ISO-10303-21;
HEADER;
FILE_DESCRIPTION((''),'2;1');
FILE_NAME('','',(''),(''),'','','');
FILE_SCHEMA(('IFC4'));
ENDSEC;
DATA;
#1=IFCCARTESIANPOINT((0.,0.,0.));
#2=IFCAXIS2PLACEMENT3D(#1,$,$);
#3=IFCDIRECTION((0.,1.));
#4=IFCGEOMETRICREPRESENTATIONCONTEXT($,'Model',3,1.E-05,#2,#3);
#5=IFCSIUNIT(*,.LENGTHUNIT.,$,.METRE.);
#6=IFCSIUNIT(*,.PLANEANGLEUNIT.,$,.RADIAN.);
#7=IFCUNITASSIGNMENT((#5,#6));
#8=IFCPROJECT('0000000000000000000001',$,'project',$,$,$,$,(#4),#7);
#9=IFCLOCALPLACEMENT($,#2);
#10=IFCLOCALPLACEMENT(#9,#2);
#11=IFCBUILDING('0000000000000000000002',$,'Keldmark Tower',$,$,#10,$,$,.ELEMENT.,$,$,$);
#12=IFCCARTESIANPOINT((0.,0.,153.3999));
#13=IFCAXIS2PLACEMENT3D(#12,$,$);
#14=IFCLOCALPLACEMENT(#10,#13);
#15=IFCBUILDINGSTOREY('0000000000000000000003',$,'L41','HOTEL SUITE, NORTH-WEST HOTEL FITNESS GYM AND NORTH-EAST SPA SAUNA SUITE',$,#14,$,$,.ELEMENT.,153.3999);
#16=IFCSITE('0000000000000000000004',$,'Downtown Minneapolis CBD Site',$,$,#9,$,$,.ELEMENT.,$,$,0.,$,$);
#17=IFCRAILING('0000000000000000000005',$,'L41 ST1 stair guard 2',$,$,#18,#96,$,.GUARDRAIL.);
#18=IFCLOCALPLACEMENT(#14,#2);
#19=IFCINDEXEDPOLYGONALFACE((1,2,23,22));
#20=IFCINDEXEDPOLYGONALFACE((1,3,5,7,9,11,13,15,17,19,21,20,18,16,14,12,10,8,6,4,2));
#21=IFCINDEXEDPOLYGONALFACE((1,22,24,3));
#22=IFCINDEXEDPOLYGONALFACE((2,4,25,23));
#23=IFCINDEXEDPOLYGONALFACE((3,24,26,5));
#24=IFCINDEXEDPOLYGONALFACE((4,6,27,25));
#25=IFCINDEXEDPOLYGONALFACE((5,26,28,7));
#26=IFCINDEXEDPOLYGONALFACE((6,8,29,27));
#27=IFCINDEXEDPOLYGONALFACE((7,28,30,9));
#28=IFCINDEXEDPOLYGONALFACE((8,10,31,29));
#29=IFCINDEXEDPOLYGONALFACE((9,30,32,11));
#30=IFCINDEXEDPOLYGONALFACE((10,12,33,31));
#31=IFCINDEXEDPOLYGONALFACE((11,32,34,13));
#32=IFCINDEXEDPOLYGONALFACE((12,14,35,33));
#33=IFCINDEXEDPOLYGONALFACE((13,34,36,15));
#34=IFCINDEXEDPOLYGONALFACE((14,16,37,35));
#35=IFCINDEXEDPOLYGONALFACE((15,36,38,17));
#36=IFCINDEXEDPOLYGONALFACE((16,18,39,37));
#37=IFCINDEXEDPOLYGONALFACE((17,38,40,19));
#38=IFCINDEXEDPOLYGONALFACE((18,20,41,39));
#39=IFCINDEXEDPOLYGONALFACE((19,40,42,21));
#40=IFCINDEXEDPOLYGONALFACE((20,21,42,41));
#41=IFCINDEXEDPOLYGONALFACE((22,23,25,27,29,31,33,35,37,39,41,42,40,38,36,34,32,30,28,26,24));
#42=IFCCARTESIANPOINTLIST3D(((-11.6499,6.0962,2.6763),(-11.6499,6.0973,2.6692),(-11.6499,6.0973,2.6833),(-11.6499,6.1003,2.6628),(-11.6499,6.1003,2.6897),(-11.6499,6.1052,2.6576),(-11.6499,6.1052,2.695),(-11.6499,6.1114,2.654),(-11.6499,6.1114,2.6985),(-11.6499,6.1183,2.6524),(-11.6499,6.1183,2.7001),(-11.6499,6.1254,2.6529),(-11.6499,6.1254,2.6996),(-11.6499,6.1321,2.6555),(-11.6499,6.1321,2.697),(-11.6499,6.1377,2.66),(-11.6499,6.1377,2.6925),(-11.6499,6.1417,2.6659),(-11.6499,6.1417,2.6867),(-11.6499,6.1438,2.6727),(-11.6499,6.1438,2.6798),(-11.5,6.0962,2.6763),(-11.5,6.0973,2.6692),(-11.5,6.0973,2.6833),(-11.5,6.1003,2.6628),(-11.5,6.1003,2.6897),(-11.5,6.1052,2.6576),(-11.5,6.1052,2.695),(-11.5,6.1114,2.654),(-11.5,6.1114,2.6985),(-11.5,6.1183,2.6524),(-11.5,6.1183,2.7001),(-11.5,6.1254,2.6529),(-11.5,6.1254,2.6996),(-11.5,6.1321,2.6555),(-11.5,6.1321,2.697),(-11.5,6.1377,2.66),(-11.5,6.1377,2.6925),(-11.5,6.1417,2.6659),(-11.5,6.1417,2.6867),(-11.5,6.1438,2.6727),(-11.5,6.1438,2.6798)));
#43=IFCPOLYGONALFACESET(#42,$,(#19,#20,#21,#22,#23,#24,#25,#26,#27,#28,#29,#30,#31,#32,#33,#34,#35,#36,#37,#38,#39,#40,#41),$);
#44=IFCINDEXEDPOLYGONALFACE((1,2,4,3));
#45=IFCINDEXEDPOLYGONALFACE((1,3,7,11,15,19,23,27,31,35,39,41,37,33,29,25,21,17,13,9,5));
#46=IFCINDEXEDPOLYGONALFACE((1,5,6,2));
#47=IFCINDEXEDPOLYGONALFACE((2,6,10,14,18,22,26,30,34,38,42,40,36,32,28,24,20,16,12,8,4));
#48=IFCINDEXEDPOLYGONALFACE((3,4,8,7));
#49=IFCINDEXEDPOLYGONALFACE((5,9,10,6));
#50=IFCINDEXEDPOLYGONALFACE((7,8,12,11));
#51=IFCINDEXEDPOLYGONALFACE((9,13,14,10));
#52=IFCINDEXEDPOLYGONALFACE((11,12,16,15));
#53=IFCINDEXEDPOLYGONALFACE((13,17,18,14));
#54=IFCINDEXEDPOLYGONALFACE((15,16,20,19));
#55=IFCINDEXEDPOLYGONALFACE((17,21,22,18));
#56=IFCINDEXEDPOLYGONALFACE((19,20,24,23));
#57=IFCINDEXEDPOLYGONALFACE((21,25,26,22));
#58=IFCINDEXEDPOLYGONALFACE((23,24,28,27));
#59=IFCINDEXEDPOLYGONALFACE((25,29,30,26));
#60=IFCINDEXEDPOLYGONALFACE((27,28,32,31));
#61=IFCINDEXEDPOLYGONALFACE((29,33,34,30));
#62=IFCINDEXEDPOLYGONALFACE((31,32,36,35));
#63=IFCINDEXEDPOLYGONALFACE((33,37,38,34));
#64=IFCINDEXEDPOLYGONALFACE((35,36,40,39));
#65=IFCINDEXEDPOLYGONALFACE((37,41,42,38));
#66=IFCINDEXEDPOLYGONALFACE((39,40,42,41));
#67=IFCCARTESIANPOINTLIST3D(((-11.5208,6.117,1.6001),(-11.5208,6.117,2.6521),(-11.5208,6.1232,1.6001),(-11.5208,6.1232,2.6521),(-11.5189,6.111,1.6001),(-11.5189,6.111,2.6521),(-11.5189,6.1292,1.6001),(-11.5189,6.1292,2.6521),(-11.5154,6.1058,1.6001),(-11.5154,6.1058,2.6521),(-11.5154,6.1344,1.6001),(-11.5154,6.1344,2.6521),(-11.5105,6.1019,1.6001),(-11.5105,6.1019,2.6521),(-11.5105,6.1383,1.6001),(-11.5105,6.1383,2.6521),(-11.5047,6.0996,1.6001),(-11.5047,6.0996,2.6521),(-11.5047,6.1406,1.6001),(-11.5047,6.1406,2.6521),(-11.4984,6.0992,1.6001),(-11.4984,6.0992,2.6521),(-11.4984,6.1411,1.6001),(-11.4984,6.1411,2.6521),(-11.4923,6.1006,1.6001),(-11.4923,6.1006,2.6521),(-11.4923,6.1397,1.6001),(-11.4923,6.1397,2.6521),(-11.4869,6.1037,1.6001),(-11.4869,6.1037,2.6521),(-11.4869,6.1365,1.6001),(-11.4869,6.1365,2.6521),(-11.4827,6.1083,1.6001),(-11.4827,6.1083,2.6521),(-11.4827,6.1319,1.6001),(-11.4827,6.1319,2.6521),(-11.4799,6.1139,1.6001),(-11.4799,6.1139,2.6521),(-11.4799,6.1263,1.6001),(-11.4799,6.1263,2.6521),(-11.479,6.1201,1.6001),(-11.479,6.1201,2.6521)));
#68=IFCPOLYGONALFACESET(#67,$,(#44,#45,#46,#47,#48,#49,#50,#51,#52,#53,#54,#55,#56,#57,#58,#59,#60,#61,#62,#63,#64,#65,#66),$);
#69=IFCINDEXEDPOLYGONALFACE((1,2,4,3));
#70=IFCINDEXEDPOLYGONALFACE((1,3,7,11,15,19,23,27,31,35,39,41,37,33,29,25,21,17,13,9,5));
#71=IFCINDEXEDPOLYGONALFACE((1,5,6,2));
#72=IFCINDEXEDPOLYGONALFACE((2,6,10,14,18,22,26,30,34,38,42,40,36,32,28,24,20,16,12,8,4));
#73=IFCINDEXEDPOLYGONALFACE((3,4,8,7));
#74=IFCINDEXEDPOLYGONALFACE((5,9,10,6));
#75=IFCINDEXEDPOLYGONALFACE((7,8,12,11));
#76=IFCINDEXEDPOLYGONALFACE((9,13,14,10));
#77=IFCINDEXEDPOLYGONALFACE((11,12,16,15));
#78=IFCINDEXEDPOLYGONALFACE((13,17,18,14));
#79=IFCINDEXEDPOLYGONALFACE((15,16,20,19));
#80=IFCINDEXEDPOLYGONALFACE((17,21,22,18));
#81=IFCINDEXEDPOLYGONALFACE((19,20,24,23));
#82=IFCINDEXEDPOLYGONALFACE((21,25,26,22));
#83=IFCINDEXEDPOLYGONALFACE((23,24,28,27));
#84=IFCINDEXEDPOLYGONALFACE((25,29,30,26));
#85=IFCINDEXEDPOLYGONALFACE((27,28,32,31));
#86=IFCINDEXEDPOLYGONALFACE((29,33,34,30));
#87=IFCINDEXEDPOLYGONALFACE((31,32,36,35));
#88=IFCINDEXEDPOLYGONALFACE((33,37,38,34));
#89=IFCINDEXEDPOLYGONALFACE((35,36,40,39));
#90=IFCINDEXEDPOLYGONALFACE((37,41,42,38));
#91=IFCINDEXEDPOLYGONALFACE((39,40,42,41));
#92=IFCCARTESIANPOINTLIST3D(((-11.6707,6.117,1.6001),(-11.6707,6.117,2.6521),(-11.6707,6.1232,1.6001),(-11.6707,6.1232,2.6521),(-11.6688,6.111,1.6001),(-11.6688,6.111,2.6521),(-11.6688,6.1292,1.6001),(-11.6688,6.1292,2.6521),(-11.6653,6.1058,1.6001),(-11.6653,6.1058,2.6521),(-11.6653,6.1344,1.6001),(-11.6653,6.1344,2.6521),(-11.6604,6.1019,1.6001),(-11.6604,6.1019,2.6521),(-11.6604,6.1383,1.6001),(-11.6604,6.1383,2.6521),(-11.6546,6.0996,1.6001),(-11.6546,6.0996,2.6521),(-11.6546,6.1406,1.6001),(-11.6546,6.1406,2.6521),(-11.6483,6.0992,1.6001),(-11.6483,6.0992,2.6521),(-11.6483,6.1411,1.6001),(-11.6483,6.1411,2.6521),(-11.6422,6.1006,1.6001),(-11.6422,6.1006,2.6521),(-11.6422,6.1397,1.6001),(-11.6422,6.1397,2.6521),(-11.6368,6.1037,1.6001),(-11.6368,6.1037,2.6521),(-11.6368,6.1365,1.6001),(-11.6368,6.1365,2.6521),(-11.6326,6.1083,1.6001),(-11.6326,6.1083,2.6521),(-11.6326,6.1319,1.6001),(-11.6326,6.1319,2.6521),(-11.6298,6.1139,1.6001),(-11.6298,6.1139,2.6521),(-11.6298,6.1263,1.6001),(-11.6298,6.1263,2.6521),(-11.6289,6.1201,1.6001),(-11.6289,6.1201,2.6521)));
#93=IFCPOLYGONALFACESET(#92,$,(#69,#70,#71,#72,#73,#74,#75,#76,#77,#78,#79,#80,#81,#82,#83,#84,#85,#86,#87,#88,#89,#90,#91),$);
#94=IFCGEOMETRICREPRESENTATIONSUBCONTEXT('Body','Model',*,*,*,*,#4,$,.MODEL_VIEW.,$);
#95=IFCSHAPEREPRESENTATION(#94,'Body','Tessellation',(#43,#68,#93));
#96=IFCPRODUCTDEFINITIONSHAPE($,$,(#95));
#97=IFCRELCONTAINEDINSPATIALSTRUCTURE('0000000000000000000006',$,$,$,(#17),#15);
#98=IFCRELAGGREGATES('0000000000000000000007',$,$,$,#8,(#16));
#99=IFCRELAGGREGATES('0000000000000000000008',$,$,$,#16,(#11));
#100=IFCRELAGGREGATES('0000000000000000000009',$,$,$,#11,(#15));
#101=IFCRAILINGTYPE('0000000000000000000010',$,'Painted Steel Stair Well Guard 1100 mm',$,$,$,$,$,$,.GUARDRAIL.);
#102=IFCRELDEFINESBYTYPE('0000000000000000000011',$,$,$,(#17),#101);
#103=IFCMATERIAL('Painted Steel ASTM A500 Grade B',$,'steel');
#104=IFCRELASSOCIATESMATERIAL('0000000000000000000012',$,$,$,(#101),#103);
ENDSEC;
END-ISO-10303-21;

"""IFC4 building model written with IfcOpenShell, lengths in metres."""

from ifc_helpers import new_model, si_unit, direction, frame, origin, origin_2d, place, context, subcontext, project, spatial, circle, extrude, material, type_object, element, save


model = new_model("IFC4")

# Units and contexts
model_context = context("Model", 3, precision=1e-05, world=origin(), true_north=direction((0.0, 1.0)))
body_context = subcontext(model_context, "Body", "Model", "MODEL_VIEW")
ifc_project = project(units=[si_unit("LENGTHUNIT", "METRE"), si_unit("PLANEANGLEUNIT", "RADIAN")], contexts=[model_context])

# Site, building, storey
site_placement = place(None, origin())
site = spatial("IfcSite", under=ifc_project, at=site_placement, Name="Downtown Minneapolis CBD Site", CompositionType="ELEMENT", RefElevation=0.0)
building_placement = place(site_placement, origin())
building = spatial("IfcBuilding", under=site, at=building_placement, Name="Keldmark Tower", CompositionType="ELEMENT")
storey_placement = place(building_placement, frame((0.0, 0.0, 153.3999)))
storey = spatial("IfcBuildingStorey", under=building, at=storey_placement, Name="L41", Description="HOTEL SUITE, NORTH-WEST HOTEL FITNESS GYM AND NORTH-EAST SPA SAUNA SUITE", CompositionType="ELEMENT", Elevation=153.3999)

# Railing
ifc_material_1 = material(Name="Painted Steel ASTM A500 Grade B", Category="steel")
railing_type_1 = type_object("IfcRailingType", Name="Painted Steel Stair Well Guard 1100 mm", PredefinedType="GUARDRAIL", material=ifc_material_1)
railing_1_placement = place(storey_placement, frame((-11.5, 6.1201, 1.6001)))
element("IfcRailing", 1, at=railing_1_placement, inside=storey, type_object=railing_type_1, Name="L41 ST1 stair guard 2", PredefinedType="GUARDRAIL", context=body_context, shape_type="SweptSolid", body=[
    extrude(circle(Radius=0.0239, at=origin_2d()), frame((0.0, 0.0, 1.0762), z_axis=(-1.0, 0.0, 0.0), x_axis=(0.0, -1.0, 0.0)), (0.0, 0.0, 1.0), 0.1499),
    extrude(circle(Radius=0.021, at=origin_2d()), origin(), (0.0, 0.0, 1.0), 1.052),
    extrude(circle(Radius=0.021, at=origin_2d()), frame((-0.1499, 0.0, 0.0)), (0.0, 0.0, 1.0), 1.052),
])

save(model, "model.ifc")
